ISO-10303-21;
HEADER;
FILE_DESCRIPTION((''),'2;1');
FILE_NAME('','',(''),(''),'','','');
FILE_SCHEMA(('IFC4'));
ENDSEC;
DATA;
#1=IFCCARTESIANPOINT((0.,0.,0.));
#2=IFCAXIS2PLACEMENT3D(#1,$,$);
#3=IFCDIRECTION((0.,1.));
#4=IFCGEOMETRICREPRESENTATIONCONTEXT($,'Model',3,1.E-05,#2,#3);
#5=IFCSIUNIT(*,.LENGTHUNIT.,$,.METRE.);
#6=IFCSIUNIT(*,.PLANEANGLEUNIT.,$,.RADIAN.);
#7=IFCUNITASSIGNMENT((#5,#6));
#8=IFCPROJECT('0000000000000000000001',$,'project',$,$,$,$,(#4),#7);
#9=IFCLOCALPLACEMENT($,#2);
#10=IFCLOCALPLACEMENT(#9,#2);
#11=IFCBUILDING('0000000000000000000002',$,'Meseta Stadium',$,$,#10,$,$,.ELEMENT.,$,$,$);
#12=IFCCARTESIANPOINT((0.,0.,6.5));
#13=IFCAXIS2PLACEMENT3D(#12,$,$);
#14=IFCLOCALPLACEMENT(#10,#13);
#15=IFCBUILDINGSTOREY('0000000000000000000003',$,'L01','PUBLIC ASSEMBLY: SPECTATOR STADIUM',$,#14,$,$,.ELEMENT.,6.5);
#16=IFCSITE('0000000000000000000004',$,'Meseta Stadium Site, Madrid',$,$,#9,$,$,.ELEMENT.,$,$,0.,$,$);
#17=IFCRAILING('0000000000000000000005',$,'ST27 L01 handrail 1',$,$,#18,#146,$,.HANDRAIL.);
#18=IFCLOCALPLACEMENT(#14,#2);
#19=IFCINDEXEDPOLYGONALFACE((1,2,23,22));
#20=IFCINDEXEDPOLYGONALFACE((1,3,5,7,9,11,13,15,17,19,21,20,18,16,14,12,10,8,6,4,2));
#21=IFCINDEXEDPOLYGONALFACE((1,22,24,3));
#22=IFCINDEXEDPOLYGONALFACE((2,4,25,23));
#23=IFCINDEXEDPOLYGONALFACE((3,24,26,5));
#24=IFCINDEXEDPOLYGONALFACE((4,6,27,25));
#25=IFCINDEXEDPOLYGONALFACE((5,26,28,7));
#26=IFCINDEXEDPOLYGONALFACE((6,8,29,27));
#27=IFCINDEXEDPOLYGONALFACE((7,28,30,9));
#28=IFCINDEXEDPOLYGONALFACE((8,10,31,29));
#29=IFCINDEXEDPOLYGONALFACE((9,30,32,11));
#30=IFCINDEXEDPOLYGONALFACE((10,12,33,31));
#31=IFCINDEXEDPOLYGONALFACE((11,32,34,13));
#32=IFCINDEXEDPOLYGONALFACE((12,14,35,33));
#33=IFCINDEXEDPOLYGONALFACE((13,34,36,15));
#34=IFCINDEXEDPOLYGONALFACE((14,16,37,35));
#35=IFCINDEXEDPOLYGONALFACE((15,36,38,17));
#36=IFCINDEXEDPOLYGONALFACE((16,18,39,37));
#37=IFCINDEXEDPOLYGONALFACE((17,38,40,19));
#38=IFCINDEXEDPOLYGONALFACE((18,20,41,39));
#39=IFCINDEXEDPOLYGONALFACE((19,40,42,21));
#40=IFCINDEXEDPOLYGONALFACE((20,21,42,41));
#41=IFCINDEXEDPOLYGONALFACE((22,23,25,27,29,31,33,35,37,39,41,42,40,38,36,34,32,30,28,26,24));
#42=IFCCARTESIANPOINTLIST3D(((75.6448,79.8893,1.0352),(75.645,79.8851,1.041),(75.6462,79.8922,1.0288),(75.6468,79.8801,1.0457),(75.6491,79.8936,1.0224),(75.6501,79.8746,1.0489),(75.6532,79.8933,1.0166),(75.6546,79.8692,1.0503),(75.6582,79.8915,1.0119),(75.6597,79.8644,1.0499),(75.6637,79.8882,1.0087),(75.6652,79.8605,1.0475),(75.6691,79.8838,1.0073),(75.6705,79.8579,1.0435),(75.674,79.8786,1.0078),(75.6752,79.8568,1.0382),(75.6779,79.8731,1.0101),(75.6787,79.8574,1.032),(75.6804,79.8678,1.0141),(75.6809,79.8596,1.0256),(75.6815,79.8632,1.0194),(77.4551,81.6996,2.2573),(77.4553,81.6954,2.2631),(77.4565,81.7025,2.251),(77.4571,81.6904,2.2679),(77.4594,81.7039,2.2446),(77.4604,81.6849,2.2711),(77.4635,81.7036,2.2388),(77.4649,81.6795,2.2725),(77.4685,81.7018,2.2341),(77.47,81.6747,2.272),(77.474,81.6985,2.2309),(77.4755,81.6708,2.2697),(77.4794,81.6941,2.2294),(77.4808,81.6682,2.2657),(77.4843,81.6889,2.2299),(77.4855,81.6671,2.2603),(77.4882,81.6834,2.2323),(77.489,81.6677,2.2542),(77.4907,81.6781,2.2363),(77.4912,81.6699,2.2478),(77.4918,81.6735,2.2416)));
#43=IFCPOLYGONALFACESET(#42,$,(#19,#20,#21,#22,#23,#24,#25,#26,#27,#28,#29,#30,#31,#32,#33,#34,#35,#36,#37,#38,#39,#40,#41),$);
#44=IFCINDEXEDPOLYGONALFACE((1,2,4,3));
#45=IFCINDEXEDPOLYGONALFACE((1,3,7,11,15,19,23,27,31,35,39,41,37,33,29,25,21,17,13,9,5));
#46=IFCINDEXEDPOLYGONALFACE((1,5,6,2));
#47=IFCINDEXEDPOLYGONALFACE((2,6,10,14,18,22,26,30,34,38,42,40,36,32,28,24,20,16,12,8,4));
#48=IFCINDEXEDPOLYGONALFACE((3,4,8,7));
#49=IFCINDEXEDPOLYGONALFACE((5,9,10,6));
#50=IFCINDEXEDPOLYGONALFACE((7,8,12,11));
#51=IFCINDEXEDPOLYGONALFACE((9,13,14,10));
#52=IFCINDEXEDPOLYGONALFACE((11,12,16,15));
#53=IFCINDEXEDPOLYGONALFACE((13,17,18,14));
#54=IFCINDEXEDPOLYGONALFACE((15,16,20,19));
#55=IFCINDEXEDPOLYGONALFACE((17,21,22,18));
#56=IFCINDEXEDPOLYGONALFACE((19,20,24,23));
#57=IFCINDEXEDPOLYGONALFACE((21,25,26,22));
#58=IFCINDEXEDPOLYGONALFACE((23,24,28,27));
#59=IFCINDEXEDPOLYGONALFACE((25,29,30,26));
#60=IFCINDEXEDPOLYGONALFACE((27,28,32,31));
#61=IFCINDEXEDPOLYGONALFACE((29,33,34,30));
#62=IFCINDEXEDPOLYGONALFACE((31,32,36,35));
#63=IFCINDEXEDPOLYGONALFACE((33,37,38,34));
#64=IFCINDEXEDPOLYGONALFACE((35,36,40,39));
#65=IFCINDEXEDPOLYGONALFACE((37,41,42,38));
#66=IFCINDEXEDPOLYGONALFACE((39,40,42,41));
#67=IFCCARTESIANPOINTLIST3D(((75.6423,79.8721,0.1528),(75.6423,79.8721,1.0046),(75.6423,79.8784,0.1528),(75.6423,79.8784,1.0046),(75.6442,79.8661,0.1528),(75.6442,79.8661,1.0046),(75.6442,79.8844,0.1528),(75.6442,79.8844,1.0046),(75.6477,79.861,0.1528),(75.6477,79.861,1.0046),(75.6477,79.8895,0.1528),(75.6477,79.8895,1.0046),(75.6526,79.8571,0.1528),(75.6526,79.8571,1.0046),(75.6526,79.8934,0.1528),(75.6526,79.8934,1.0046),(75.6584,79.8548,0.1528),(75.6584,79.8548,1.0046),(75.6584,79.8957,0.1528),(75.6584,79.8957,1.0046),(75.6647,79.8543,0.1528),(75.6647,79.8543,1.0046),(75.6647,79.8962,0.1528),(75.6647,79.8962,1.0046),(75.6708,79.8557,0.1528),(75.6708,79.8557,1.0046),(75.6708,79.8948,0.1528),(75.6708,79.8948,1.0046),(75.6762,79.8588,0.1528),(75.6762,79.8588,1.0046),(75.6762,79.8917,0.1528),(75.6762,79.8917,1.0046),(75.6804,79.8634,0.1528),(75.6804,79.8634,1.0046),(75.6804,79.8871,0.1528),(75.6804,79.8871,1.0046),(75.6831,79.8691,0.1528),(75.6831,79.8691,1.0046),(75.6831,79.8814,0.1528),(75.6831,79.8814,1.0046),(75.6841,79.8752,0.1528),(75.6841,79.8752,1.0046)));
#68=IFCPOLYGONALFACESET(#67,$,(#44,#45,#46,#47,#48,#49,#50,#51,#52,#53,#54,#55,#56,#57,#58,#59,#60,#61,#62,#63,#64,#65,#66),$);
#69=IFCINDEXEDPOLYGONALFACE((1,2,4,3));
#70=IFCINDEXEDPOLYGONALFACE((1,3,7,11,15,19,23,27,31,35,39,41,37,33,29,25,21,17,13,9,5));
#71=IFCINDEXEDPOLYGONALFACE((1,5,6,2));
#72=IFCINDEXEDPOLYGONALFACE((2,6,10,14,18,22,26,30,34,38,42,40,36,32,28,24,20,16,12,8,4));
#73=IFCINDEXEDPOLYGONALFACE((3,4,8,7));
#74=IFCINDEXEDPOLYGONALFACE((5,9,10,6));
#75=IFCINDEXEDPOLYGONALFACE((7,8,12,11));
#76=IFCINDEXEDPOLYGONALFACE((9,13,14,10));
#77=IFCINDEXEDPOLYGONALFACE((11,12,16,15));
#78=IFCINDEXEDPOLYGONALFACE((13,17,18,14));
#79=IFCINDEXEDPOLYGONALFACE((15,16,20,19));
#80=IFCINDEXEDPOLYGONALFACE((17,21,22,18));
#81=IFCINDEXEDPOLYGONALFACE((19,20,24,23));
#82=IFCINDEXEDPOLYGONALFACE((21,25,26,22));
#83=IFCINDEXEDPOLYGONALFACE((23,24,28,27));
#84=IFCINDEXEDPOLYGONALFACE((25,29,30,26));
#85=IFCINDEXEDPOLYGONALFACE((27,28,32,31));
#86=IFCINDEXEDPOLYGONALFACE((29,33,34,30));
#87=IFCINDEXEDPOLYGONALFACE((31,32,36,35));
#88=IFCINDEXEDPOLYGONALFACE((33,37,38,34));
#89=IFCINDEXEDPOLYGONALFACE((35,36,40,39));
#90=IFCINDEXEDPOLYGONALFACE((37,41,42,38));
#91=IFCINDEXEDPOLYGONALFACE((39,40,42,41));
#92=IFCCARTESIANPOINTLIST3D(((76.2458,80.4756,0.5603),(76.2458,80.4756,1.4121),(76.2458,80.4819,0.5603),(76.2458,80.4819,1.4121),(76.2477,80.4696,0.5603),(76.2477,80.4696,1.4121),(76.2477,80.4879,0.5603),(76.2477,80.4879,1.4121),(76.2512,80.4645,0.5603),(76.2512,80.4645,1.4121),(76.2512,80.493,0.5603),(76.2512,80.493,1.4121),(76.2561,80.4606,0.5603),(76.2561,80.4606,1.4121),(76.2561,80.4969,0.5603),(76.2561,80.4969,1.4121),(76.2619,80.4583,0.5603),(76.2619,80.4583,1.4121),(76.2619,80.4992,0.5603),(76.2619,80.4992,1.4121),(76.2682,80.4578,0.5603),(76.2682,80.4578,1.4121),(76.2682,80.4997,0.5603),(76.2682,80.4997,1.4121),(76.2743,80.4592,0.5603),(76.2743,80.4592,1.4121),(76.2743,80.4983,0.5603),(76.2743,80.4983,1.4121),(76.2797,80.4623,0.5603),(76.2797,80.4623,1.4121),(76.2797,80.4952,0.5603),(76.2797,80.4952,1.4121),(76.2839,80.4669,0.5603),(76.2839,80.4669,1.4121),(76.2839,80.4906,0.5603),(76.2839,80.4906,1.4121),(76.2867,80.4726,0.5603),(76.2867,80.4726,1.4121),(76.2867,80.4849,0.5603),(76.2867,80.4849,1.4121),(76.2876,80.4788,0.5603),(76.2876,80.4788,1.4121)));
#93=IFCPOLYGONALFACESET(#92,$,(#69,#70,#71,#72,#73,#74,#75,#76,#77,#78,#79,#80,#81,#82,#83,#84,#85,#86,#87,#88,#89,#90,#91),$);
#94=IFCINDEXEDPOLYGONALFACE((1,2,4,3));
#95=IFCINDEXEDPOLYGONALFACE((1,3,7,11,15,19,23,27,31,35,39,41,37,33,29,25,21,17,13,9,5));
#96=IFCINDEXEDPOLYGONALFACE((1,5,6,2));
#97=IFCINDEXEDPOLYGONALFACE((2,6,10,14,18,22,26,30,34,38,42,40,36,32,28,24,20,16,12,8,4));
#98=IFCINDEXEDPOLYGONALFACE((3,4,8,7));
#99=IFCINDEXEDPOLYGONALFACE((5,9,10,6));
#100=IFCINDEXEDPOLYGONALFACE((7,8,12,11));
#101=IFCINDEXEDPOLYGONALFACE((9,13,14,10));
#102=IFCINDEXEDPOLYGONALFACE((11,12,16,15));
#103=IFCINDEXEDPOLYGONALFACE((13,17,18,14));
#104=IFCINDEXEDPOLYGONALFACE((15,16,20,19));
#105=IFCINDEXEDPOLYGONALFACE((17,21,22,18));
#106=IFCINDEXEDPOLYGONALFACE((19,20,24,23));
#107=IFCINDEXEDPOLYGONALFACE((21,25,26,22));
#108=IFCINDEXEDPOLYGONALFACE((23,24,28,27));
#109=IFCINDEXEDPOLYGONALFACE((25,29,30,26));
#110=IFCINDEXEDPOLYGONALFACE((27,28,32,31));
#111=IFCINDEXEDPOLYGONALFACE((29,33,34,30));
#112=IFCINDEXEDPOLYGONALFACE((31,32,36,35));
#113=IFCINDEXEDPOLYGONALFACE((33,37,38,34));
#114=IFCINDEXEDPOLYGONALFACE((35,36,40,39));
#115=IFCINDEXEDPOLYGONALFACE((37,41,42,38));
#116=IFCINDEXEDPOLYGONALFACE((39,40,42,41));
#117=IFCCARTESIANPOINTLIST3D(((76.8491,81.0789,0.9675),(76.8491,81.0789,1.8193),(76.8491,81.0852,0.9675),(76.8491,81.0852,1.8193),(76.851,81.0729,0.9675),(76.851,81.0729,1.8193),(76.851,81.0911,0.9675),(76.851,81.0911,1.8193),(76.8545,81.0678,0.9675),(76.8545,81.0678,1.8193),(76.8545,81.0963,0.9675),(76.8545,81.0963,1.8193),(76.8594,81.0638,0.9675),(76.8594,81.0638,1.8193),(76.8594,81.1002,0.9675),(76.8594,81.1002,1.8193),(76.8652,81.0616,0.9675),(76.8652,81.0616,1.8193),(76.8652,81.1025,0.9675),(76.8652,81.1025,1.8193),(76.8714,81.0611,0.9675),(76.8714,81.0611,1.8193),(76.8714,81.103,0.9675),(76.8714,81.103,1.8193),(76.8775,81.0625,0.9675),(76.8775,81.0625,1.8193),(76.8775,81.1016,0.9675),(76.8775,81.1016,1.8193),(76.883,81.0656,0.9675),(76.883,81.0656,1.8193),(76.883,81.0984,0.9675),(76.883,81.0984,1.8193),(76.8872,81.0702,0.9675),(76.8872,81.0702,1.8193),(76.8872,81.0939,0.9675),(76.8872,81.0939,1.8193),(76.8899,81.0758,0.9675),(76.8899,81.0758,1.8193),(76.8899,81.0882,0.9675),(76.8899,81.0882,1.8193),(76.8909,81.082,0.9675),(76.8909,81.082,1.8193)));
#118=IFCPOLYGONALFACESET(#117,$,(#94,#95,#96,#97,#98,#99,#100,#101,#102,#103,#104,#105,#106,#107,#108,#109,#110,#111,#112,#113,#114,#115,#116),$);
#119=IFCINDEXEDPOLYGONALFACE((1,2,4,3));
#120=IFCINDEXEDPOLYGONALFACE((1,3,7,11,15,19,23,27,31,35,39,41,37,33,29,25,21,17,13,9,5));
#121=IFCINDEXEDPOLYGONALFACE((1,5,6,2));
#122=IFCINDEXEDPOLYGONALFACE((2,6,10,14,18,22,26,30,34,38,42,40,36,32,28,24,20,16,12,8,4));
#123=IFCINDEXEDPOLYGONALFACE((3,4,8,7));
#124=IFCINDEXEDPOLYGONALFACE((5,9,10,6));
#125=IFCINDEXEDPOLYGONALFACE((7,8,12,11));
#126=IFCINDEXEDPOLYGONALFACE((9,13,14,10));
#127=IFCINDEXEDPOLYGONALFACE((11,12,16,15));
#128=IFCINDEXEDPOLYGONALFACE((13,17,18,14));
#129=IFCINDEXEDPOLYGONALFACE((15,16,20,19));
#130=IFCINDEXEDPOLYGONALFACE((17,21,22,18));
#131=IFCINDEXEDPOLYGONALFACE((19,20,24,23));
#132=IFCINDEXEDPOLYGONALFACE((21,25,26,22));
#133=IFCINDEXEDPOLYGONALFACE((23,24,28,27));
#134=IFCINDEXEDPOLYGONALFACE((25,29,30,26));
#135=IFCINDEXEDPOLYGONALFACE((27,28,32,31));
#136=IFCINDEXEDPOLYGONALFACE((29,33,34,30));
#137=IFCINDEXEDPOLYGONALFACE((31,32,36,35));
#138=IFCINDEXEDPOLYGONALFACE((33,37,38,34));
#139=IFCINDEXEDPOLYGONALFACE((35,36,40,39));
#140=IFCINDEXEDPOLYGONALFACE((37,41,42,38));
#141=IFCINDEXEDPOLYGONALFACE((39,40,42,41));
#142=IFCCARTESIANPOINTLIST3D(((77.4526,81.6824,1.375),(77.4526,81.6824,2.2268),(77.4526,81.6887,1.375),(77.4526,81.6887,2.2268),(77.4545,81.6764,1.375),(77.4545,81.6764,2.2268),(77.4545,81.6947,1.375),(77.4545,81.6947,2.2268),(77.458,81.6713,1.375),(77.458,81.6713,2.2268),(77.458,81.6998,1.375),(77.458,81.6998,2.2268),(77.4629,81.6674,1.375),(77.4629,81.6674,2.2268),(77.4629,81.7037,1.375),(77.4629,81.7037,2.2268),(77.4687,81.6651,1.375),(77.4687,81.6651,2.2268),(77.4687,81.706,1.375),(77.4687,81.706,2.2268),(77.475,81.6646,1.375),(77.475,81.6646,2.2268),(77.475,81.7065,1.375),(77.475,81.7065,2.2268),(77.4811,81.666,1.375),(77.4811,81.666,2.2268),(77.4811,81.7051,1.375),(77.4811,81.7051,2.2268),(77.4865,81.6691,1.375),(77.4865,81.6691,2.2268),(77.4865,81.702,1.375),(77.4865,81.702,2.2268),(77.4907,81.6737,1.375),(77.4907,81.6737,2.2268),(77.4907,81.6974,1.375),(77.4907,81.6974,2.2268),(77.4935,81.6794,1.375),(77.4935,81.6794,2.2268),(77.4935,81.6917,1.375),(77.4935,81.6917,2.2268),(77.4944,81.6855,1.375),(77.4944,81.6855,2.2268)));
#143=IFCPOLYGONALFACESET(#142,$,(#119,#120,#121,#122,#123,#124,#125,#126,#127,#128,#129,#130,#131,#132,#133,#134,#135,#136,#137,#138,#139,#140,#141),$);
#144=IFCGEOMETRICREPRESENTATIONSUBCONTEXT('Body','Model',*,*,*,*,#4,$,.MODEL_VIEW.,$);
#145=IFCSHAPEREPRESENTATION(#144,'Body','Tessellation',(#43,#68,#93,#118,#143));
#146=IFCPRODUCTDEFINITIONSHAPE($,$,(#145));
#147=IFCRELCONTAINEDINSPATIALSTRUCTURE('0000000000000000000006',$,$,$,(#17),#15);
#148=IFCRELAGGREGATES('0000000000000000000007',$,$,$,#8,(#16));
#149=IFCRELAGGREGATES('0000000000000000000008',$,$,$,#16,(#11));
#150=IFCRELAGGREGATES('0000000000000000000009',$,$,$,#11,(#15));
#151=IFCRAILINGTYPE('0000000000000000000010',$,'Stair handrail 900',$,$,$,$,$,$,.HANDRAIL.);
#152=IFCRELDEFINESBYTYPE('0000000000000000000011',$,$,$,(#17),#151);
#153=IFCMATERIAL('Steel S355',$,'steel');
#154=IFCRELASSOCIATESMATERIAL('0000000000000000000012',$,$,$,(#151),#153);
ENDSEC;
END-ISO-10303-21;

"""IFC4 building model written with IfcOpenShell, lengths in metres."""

from ifc_helpers import new_model, si_unit, direction, frame, origin, origin_2d, place, context, subcontext, project, spatial, circle, extrude, material, type_object, element, save


model = new_model("IFC4")

# Units and contexts
model_context = context("Model", 3, precision=1e-05, world=origin(), true_north=direction((0.0, 1.0)))
body_context = subcontext(model_context, "Body", "Model", "MODEL_VIEW")
ifc_project = project(units=[si_unit("LENGTHUNIT", "METRE"), si_unit("PLANEANGLEUNIT", "RADIAN")], contexts=[model_context])

# Site, building, storey
site_placement = place(None, origin())
site = spatial("IfcSite", under=ifc_project, at=site_placement, Name="Meseta Stadium Site, Madrid", CompositionType="ELEMENT", RefElevation=0.0)
building_placement = place(site_placement, origin())
building = spatial("IfcBuilding", under=site, at=building_placement, Name="Meseta Stadium", CompositionType="ELEMENT")
storey_placement = place(building_placement, frame((0.0, 0.0, 6.5)))
storey = spatial("IfcBuildingStorey", under=building, at=storey_placement, Name="L01", Description="PUBLIC ASSEMBLY: SPECTATOR STADIUM", CompositionType="ELEMENT", Elevation=6.5)

# Railing
ifc_material_1 = material(Name="Steel S355", Category="steel")
railing_type_1 = type_object("IfcRailingType", Name="Stair handrail 900", PredefinedType="HANDRAIL", material=ifc_material_1)
for number, where, name in (
    (1, (75.6631, 79.8752, 0.1528), "ST27 L01 handrail 1"),
):
    element("IfcRailing", number, at=place(storey_placement, frame(where)), inside=storey, type_object=railing_type_1, Name=name, PredefinedType="HANDRAIL", context=body_context, shape_type="SweptSolid", body=[
        extrude(circle(Radius=0.0239, at=origin_2d()), frame((0.0, 0.0, 0.876), z_axis=(0.638124, 0.638124, 0.430809), x_axis=(-0.707107, 0.707107, 0.0)), (0.0, 0.0, 1.0), 2.8369),
        extrude(circle(Radius=0.021, at=origin_2d()), origin(), (0.0, 0.0, 1.0), 0.8518),
        extrude(circle(Radius=0.021, at=origin_2d()), frame((0.6035, 0.6035, 0.4075)), (0.0, 0.0, 1.0), 0.8518),
        extrude(circle(Radius=0.021, at=origin_2d()), frame((1.2068, 1.2068, 0.8147)), (0.0, 0.0, 1.0), 0.8518),
        extrude(circle(Radius=0.021, at=origin_2d()), frame((1.8103, 1.8103, 1.2222)), (0.0, 0.0, 1.0), 0.8518),
    ])

save(model, "model.ifc")
